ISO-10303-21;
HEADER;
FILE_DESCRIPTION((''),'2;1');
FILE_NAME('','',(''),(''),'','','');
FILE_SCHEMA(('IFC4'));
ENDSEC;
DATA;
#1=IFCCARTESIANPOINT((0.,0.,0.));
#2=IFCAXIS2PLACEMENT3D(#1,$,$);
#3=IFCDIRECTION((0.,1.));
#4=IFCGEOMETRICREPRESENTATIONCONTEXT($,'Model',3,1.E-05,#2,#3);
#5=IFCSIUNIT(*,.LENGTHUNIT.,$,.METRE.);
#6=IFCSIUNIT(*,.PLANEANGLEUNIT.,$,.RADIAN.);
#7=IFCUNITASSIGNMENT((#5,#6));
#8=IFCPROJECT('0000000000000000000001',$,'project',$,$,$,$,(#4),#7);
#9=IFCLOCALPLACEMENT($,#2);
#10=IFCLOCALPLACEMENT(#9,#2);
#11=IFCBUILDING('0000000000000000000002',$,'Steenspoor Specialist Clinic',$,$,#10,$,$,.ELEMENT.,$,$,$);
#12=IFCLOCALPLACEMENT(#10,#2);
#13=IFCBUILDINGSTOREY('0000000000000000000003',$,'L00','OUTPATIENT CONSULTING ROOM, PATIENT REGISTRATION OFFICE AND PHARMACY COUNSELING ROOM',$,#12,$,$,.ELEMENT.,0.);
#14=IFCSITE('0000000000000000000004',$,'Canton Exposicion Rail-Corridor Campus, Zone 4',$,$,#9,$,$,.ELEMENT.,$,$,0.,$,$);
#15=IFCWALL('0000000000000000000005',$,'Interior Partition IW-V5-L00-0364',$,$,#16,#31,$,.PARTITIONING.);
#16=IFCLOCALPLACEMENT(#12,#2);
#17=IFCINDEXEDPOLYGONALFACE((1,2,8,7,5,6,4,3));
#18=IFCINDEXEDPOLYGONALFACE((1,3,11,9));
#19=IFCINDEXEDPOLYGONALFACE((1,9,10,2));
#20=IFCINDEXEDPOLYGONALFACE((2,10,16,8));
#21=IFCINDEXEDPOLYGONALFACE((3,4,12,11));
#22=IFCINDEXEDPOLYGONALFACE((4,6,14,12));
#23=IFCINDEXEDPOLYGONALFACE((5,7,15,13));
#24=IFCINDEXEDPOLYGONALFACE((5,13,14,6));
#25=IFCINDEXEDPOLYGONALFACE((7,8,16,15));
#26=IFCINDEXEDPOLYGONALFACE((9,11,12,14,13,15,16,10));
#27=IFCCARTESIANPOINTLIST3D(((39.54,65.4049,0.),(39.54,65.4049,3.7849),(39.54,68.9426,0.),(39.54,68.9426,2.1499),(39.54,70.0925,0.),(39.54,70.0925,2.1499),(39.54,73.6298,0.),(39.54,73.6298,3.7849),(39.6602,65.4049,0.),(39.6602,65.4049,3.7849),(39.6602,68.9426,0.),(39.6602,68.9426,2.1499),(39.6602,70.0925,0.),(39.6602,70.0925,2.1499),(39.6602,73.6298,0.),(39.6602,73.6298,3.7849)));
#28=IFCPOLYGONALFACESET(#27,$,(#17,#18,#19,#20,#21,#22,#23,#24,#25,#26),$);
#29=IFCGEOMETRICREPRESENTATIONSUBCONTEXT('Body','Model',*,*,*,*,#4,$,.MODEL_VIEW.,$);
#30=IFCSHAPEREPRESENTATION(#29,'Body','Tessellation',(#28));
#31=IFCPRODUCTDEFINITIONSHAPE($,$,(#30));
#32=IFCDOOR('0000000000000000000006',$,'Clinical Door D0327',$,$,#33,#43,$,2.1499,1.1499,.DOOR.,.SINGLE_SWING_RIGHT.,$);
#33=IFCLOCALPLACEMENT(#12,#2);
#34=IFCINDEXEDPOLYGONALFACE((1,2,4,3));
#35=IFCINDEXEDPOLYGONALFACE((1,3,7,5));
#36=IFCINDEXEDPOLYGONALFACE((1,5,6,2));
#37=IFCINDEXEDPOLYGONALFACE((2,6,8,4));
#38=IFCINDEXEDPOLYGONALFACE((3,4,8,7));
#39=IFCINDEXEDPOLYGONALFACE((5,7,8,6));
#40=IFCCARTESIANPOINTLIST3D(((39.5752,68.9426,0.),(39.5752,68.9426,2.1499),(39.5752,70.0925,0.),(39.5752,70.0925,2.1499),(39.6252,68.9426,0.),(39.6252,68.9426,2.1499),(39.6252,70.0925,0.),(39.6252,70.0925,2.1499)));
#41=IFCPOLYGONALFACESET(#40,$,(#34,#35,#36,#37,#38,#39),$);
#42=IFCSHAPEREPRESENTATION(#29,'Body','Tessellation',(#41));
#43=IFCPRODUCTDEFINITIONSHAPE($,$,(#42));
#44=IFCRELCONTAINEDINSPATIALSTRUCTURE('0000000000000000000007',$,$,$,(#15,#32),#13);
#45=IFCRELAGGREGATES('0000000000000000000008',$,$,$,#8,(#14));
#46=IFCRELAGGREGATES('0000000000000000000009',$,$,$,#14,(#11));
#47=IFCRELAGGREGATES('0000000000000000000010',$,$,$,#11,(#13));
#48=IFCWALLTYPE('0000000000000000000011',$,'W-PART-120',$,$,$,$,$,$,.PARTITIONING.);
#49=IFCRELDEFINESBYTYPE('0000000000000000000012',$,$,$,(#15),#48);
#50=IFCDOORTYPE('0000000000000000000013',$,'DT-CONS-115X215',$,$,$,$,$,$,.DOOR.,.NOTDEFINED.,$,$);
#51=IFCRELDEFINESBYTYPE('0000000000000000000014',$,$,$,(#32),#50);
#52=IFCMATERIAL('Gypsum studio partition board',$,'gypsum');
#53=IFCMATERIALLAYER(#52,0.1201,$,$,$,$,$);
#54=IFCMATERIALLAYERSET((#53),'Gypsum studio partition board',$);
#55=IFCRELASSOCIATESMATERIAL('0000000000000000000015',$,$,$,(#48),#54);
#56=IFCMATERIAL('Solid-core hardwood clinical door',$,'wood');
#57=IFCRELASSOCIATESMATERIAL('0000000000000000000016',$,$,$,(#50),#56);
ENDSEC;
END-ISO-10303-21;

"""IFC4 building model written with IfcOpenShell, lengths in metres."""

from ifc_helpers import new_model, si_unit, direction, frame, frame_2d, origin, place, context, subcontext, project, spatial, rectangle, extrude, material, layer, layer_set, type_object, element, fill, save


model = new_model("IFC4")

# Units and contexts
model_context = context("Model", 3, precision=1e-05, world=origin(), true_north=direction((0.0, 1.0)))
body_context = subcontext(model_context, "Body", "Model", "MODEL_VIEW")
ifc_project = project(units=[si_unit("LENGTHUNIT", "METRE"), si_unit("PLANEANGLEUNIT", "RADIAN")], contexts=[model_context])

# Site, building, storey
site_placement = place(None, origin())
site = spatial("IfcSite", under=ifc_project, at=site_placement, Name="Canton Exposicion Rail-Corridor Campus, Zone 4", CompositionType="ELEMENT", RefElevation=0.0)
building_placement = place(site_placement, origin())
building = spatial("IfcBuilding", under=site, at=building_placement, Name="Steenspoor Specialist Clinic", CompositionType="ELEMENT")
storey_placement = place(building_placement, origin())
storey = spatial("IfcBuildingStorey", under=building, at=storey_placement, Name="L00", Description="OUTPATIENT CONSULTING ROOM, PATIENT REGISTRATION OFFICE AND PHARMACY COUNSELING ROOM", CompositionType="ELEMENT", Elevation=0.0)

# Wall, opening, door
ifc_material_1 = material(Name="Gypsum studio partition board", Category="gypsum")
ifc_layer_1 = layer(ifc_material_1, 0.1201)
ifc_layer_set_1 = layer_set([ifc_layer_1], Name="Gypsum studio partition board")
wall_type_1 = type_object("IfcWallType", Name="W-PART-120", PredefinedType="PARTITIONING", material=ifc_layer_set_1)
wall_1_placement = place(storey_placement, frame((39.6001, 65.405, 0.0), z_axis=(0.0, 0.0, 1.0), x_axis=(0.0, 1.0, 0.0)))
wall_1 = element("IfcWall", 1, at=wall_1_placement, inside=storey, type_object=wall_type_1, Name="Interior Partition IW-V5-L00-0364", PredefinedType="PARTITIONING", context=body_context, shape_type="SweptSolid", body=[
    extrude(rectangle(XDim=8.2249, YDim=0.1201, at=frame_2d((4.1123, 0.0))), origin(), (0.0, 0.0, 1.0), 3.7849),
])
opening_1_placement = place(wall_1_placement, frame((3.5376, 0.0, 0.0)))
opening_1 = element("IfcOpeningElement", 2, at=opening_1_placement, cuts=wall_1, PredefinedType="OPENING", context=body_context, shape_type="SweptSolid", body=[
    extrude(rectangle(XDim=1.1499, YDim=2.1499, at=frame_2d((0.575, 1.075))), frame((0.0, 0.0701, 0.0), z_axis=(0.0, -1.0, 0.0), x_axis=(1.0, 0.0, 0.0)), (0.0, 0.0, 1.0), 0.1401),
])
ifc_material_2 = material(Name="Solid-core hardwood clinical door", Category="wood")
door_type_1 = type_object("IfcDoorType", Name="DT-CONS-115X215", OperationType="NOTDEFINED", PredefinedType="DOOR", material=ifc_material_2)
door_1_placement = place(opening_1_placement, origin())
door_1 = element("IfcDoor", 3, at=door_1_placement, inside=storey, type_object=door_type_1, Name="Clinical Door D0327", OperationType="SINGLE_SWING_RIGHT", OverallHeight=2.1499, OverallWidth=1.1499, PredefinedType="DOOR", context=body_context, shape_type="SweptSolid", body=[
    extrude(rectangle(XDim=1.1499, YDim=2.1499, at=frame_2d((0.575, 1.075))), frame((0.0, 0.0249, 0.0), z_axis=(0.0, -1.0, 0.0), x_axis=(1.0, 0.0, 0.0)), (0.0, 0.0, 1.0), 0.05),
])
fill(opening_1, door_1)

save(model, "model.ifc")
